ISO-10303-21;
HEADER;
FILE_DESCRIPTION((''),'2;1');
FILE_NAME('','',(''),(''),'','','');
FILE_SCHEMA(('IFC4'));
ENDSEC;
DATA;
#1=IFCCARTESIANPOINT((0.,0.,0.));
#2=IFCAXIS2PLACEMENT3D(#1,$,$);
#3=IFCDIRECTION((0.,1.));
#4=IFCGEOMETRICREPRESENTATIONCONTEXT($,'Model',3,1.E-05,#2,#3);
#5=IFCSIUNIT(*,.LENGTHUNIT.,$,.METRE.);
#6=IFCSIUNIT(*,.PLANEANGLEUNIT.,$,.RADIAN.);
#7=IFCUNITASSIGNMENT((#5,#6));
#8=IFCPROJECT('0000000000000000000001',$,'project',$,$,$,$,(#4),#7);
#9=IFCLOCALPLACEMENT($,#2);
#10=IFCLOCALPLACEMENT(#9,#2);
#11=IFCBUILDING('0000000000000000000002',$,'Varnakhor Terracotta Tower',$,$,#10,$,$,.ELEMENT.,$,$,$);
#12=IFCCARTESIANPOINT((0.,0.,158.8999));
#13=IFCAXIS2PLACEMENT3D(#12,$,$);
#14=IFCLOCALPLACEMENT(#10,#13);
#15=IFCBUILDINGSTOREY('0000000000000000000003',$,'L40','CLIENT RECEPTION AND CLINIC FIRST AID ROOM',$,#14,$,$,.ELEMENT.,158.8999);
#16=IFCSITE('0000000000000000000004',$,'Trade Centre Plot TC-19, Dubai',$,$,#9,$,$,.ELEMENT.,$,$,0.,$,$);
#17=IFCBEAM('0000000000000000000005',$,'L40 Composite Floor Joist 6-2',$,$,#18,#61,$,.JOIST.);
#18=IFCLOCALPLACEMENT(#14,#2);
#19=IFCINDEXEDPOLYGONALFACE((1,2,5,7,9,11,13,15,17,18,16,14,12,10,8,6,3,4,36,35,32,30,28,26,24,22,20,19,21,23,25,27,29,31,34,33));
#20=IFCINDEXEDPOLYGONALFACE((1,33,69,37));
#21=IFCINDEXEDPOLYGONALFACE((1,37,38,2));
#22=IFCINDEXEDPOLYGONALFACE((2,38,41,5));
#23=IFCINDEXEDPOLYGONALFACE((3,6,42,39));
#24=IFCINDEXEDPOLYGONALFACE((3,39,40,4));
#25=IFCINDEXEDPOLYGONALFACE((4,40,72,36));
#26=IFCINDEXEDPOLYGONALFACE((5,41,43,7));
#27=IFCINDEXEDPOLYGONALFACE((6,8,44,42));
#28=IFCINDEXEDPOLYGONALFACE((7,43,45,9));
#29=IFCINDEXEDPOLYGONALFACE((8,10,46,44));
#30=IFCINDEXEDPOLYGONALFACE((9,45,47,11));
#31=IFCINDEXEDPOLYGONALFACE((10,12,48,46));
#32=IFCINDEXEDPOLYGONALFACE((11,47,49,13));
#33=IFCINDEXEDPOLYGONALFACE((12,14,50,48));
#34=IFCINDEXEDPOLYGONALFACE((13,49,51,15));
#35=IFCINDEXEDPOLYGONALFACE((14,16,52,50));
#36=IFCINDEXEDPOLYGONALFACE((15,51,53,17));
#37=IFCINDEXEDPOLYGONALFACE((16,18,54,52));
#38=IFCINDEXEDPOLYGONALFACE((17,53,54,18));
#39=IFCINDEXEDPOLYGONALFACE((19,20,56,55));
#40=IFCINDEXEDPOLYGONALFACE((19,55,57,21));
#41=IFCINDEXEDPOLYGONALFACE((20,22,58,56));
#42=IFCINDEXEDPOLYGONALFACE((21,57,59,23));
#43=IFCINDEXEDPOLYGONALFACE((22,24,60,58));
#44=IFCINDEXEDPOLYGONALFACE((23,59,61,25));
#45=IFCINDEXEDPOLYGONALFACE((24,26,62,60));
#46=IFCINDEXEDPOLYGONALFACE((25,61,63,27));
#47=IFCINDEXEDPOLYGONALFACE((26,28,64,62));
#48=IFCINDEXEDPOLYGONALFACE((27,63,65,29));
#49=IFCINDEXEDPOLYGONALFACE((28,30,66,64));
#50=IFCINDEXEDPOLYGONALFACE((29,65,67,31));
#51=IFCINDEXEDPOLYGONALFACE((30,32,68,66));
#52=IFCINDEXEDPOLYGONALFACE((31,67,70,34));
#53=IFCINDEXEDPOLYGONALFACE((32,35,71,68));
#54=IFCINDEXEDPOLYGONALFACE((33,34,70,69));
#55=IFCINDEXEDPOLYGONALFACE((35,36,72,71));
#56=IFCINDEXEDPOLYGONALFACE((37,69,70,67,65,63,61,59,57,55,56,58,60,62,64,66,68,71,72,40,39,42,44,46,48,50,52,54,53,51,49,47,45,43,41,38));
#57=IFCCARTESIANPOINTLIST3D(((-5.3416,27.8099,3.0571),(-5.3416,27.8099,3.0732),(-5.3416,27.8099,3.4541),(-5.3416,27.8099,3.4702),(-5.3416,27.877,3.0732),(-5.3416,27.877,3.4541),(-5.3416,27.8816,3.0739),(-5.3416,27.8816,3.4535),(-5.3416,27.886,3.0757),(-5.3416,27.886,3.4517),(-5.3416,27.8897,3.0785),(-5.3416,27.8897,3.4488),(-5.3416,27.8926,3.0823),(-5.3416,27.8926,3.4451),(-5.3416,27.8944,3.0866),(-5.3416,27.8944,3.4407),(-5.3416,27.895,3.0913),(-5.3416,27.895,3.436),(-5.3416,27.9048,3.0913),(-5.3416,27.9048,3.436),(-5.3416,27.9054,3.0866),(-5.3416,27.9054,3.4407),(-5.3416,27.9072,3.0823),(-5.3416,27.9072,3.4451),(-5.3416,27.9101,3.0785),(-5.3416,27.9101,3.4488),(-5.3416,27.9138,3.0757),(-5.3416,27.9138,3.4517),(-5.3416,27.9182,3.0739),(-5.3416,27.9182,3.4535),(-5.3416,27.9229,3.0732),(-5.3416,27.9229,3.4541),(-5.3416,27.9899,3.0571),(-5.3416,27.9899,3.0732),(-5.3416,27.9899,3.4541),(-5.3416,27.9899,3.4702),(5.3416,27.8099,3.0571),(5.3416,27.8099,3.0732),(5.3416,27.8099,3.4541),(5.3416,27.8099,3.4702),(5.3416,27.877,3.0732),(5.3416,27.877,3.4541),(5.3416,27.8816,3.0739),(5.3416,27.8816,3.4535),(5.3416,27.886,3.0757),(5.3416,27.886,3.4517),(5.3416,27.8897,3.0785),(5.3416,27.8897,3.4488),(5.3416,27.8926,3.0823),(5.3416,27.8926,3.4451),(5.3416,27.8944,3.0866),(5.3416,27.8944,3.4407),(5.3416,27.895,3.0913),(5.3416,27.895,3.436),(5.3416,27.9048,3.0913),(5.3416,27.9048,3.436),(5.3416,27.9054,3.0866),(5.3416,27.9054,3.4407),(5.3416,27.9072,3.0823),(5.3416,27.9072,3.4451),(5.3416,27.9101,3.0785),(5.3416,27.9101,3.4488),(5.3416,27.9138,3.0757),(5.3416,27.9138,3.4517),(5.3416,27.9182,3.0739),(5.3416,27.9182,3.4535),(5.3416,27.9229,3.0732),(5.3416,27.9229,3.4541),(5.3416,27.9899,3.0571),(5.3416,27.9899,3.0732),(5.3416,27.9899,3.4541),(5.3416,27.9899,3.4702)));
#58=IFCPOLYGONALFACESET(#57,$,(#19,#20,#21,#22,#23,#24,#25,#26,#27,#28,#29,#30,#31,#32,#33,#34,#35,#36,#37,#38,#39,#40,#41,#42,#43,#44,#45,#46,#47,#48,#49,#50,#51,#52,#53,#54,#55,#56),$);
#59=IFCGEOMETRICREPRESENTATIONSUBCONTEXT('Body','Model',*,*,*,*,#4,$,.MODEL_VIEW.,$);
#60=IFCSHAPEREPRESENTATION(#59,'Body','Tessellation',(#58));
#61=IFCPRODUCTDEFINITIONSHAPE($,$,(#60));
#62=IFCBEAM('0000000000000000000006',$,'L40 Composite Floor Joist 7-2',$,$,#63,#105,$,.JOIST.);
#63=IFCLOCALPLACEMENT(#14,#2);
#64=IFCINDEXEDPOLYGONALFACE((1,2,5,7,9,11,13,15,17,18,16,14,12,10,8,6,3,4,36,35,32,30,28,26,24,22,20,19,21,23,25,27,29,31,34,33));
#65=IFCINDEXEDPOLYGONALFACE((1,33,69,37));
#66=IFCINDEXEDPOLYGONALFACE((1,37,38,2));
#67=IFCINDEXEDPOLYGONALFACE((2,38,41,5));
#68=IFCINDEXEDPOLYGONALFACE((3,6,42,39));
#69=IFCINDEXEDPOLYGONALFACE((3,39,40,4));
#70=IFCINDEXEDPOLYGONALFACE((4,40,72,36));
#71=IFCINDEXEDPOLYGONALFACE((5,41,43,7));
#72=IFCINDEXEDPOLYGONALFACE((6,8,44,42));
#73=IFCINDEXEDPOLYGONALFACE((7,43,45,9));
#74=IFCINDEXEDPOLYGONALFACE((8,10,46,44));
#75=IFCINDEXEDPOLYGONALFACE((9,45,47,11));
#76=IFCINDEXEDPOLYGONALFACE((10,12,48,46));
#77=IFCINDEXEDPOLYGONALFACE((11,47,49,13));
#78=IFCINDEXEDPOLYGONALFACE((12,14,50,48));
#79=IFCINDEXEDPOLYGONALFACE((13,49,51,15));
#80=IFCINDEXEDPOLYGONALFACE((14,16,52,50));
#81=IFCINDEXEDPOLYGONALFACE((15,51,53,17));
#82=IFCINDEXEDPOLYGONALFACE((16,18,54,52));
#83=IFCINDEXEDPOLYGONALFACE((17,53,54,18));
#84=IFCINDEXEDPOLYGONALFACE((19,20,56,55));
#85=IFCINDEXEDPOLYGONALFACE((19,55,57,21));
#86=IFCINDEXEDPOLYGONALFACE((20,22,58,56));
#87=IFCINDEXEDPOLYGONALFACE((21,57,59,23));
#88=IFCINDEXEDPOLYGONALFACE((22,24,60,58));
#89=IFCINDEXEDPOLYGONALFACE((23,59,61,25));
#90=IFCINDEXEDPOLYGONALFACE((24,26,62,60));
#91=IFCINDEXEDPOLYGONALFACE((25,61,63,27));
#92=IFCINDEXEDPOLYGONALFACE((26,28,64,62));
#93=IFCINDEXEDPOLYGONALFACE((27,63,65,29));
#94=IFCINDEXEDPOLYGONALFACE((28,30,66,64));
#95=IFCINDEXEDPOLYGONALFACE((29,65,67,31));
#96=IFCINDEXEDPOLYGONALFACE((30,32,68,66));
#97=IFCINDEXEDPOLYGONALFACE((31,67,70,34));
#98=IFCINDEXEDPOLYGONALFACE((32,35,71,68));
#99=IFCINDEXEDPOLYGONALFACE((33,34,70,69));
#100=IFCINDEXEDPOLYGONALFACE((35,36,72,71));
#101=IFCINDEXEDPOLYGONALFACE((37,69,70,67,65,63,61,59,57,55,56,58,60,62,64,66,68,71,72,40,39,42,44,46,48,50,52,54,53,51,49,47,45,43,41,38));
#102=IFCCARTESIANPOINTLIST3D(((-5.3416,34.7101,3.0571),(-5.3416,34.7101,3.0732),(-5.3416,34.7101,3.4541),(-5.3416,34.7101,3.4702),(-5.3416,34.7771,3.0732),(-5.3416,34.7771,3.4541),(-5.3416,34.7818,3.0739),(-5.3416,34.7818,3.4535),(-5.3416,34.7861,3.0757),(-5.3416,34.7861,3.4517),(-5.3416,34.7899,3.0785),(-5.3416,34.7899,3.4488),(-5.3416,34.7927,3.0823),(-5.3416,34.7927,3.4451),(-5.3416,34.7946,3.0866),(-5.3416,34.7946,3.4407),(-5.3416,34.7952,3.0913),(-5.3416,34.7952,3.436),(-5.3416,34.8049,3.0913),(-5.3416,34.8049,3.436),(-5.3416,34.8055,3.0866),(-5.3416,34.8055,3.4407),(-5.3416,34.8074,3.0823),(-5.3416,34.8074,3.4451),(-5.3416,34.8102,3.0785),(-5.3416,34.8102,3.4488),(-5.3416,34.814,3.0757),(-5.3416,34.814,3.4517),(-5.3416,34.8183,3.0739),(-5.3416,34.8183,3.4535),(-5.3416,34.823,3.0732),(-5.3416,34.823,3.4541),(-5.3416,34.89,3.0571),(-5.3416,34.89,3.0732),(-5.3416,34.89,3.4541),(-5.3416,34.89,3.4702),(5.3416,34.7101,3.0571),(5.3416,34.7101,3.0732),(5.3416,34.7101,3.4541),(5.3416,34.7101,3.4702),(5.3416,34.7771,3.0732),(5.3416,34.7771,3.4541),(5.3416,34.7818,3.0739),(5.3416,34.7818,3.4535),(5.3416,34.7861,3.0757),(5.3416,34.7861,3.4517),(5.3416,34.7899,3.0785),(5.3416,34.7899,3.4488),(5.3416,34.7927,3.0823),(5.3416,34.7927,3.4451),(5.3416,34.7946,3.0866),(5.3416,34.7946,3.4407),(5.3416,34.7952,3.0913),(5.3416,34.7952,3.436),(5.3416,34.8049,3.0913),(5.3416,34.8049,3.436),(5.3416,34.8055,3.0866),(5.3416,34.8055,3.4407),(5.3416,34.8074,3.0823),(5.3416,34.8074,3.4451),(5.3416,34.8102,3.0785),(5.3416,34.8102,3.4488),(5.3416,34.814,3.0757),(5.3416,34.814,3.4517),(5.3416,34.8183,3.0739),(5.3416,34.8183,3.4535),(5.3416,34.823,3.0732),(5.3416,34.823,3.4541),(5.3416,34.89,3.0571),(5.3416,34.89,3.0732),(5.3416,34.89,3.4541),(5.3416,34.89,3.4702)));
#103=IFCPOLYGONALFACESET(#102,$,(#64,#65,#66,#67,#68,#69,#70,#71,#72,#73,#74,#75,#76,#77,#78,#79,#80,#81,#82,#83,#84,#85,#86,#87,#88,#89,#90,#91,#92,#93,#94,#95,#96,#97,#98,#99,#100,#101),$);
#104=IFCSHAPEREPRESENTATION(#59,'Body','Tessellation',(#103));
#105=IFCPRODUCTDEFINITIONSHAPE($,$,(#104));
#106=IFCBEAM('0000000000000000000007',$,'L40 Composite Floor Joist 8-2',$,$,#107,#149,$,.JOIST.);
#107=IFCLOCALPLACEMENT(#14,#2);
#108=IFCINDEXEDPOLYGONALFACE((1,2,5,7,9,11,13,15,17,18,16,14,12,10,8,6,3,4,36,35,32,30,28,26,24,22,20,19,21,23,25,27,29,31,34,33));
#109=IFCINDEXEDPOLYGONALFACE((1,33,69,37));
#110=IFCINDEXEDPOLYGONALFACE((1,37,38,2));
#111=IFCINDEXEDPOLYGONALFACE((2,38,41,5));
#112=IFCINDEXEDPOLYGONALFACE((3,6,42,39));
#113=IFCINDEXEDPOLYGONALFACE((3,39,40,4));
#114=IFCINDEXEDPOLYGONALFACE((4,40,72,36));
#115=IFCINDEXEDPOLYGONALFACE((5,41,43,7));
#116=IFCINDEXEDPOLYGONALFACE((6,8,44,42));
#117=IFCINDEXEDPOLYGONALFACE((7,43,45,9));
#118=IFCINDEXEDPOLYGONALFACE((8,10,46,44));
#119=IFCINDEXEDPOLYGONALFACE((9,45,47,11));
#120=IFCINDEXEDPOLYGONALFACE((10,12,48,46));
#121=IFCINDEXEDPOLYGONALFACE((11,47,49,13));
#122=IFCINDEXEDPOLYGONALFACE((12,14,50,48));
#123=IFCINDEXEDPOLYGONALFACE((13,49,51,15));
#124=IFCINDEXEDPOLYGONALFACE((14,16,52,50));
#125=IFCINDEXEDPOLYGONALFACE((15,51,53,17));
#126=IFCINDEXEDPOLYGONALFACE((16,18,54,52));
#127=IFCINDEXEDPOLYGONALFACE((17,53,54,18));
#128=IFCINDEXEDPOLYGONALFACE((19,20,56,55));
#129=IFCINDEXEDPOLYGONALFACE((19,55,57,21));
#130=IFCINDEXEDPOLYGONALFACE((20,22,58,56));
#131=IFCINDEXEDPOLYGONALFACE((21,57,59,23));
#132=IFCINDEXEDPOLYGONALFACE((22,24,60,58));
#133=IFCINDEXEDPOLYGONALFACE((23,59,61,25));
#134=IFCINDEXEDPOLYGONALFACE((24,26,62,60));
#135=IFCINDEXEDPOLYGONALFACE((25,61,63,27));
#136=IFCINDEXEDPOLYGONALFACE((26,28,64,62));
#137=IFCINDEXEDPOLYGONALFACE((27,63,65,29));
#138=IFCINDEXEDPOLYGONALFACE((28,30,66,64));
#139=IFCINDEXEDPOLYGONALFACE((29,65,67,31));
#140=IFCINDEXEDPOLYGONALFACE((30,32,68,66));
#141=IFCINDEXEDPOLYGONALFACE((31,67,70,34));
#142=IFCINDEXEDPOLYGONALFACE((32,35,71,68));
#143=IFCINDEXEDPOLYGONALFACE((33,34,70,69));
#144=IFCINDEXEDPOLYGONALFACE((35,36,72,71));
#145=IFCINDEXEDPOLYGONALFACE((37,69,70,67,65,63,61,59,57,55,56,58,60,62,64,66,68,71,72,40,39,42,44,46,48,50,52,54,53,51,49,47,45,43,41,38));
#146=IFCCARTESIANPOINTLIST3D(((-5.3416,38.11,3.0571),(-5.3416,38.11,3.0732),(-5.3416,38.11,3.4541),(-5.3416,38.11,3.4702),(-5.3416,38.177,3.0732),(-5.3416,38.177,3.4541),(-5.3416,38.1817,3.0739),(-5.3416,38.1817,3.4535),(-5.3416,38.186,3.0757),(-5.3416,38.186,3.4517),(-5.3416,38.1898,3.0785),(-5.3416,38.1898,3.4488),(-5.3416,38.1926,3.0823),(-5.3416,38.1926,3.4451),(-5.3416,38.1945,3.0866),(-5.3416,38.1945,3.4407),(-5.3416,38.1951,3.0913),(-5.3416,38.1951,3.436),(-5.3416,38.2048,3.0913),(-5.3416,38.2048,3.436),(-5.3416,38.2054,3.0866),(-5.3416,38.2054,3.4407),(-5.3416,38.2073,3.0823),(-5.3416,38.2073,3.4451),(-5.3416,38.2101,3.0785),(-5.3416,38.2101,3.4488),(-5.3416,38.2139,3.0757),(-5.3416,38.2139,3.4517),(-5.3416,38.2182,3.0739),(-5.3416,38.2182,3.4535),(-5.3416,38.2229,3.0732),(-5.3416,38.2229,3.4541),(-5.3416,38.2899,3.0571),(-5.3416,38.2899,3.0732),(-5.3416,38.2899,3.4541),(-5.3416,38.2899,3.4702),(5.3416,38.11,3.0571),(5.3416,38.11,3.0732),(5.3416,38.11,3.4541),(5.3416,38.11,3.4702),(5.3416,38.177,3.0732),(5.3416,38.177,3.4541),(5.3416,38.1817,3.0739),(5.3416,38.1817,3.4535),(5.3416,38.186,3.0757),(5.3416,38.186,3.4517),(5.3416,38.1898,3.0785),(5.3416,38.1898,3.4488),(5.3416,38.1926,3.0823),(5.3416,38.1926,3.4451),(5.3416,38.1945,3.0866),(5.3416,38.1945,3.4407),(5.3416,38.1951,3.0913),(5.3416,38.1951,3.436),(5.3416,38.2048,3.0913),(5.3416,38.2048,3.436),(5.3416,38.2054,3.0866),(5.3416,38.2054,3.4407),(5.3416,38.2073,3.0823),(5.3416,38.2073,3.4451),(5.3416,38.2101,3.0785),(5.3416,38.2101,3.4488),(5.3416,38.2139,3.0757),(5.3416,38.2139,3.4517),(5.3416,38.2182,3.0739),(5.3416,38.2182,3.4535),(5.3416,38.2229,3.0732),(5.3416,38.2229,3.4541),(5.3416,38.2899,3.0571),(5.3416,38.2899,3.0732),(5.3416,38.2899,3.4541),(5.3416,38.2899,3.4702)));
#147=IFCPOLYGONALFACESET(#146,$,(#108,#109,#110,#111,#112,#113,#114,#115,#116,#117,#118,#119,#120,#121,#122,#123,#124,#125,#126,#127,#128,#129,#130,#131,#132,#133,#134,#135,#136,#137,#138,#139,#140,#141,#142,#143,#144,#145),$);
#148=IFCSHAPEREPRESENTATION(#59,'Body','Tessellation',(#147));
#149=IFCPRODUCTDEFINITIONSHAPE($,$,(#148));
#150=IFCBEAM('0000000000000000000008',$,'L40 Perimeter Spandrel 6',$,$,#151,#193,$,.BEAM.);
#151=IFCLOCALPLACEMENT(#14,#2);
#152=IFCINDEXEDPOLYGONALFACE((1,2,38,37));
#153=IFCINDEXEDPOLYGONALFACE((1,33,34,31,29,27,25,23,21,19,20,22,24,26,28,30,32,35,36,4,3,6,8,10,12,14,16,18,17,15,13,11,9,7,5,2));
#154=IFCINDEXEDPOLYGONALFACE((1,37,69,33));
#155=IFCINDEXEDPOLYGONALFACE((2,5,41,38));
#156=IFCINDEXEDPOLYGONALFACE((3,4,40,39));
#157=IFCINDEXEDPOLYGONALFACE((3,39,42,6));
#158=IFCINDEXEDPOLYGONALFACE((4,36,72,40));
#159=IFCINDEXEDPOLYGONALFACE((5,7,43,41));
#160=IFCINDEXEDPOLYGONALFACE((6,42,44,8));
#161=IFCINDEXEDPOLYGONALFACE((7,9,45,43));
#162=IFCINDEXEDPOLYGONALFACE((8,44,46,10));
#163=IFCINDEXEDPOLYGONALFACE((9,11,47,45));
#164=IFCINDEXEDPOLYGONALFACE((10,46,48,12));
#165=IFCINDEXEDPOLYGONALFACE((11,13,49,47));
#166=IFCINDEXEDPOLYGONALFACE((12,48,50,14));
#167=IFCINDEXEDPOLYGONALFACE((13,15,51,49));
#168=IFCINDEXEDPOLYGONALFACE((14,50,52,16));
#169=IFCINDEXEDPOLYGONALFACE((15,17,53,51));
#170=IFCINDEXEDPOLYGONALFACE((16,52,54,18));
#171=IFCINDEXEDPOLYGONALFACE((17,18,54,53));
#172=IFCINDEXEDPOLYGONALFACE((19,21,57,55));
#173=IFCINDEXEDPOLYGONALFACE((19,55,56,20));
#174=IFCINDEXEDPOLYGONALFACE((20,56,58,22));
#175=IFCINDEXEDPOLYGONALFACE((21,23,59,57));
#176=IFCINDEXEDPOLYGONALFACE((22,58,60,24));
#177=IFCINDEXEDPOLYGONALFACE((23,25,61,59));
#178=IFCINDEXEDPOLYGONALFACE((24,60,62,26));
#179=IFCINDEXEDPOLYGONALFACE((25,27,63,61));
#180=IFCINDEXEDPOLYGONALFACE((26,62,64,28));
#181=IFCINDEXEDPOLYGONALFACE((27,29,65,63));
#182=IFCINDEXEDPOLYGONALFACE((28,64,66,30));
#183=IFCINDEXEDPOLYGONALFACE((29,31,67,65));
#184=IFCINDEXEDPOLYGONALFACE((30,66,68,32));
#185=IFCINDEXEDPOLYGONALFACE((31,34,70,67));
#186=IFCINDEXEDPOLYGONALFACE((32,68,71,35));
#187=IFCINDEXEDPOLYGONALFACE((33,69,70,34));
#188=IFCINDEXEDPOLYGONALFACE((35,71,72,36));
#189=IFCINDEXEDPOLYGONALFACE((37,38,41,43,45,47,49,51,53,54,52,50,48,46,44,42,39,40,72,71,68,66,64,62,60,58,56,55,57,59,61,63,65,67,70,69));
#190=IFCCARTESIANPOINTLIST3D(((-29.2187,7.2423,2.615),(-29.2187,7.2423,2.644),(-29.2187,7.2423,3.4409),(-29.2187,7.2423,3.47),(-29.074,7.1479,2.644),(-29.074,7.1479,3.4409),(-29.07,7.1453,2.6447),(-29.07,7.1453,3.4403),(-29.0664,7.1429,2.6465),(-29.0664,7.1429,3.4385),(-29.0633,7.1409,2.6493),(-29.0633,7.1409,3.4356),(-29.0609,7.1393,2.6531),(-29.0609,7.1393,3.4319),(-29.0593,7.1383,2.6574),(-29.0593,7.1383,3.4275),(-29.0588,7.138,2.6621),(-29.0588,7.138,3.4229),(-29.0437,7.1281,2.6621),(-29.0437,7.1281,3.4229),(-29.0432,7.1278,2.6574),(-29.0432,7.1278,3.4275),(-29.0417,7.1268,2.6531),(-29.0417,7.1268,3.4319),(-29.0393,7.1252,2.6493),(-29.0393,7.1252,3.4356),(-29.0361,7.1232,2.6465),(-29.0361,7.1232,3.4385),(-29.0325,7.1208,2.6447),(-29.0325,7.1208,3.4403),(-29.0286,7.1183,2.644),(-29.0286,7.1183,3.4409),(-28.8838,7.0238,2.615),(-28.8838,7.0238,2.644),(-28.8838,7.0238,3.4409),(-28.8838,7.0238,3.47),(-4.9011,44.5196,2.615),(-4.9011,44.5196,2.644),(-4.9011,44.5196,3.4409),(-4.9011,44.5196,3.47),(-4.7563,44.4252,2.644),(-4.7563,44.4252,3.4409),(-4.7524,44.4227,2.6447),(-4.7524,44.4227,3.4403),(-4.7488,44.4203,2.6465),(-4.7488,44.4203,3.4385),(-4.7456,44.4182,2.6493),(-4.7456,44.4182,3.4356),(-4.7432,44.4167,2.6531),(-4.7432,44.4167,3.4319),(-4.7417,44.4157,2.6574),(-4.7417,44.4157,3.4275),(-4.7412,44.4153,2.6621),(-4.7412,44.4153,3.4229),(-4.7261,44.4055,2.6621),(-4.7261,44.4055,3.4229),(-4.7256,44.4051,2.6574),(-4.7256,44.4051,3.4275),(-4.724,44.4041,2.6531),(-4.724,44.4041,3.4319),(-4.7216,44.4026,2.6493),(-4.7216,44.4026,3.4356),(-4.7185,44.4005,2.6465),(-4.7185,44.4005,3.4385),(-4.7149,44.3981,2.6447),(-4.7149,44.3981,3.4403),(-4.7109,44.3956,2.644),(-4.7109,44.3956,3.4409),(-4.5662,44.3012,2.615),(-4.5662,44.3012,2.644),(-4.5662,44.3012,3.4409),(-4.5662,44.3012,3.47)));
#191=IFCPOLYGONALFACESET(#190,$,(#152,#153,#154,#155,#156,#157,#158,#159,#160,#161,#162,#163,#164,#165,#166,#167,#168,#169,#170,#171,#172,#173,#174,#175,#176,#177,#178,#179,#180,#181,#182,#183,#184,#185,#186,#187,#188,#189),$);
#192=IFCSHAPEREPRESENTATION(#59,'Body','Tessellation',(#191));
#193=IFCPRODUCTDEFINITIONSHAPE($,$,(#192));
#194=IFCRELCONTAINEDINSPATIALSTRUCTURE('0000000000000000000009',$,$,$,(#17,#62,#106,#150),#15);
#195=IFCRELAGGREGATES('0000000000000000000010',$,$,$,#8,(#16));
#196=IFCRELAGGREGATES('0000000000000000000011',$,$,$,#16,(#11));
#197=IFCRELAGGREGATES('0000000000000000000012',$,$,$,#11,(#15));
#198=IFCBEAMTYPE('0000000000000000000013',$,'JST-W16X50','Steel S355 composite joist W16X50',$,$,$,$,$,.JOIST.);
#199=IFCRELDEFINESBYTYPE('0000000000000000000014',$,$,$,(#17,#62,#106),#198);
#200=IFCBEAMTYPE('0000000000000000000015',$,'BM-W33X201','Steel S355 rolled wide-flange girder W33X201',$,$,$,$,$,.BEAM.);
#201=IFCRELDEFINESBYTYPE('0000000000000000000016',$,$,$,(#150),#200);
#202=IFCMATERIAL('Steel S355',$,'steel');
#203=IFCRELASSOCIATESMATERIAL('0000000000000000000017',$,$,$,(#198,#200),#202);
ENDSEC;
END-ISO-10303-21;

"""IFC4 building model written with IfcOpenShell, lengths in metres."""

from ifc_helpers import new_model, si_unit, direction, frame, origin, origin_2d, place, context, subcontext, project, spatial, i_section, extrude, source, transform, mapped, material, material_profile, profile_set, type_object, element, save


model = new_model("IFC4")

# Units and contexts
model_context = context("Model", 3, precision=1e-05, world=origin(), true_north=direction((0.0, 1.0)))
body_context = subcontext(model_context, "Body", "Model", "MODEL_VIEW")
ifc_project = project(units=[si_unit("LENGTHUNIT", "METRE"), si_unit("PLANEANGLEUNIT", "RADIAN")], contexts=[model_context])

# Site, building, storey
site_placement = place(None, origin())
site = spatial("IfcSite", under=ifc_project, at=site_placement, Name="Trade Centre Plot TC-19, Dubai", CompositionType="ELEMENT", RefElevation=0.0)
building_placement = place(site_placement, origin())
building = spatial("IfcBuilding", under=site, at=building_placement, Name="Varnakhor Terracotta Tower", CompositionType="ELEMENT")
storey_placement = place(building_placement, frame((0.0, 0.0, 158.8999)))
storey = spatial("IfcBuildingStorey", under=building, at=storey_placement, Name="L40", Description="CLIENT RECEPTION AND CLINIC FIRST AID ROOM", CompositionType="ELEMENT", Elevation=158.8999)

# Beams
ifc_material_1 = material(Name="Steel S355", Category="steel")
ifc_material_profile_1 = material_profile(ifc_material_1, i_section(OverallWidth=0.1799, OverallDepth=0.4131, WebThickness=0.0098, FlangeThickness=0.0161, FilletRadius=0.0181, at=origin_2d()), Name="W16X50")
ifc_profile_set_1 = profile_set([ifc_material_profile_1], Name="Steel S355")
beam_type_1 = type_object("IfcBeamType", Name="JST-W16X50", Description="Steel S355 composite joist W16X50", PredefinedType="JOIST", material=ifc_profile_set_1)
shared_shape_1 = source(origin(), body_context, "Body", "SweptSolid", [
    extrude(i_section(OverallWidth=0.1799, OverallDepth=0.4131, WebThickness=0.0098, FlangeThickness=0.0161, FilletRadius=0.0181, at=origin_2d()), origin(), (0.0, 0.0, 1.0), 10.6831),
])
for number, where, z_axis, x_axis, name in (
    (1, (-5.3416, 27.8999, 3.2637), (1.0, 0.0, 0.0), (0.0, 1.0, 0.0), "L40 Composite Floor Joist 6-2"),
    (2, (-5.3416, 34.8, 3.2637), (1.0, 0.0, 0.0), (0.0, 1.0, 0.0), "L40 Composite Floor Joist 7-2"),
    (3, (-5.3416, 38.2, 3.2637), (1.0, 0.0, 0.0), (0.0, 1.0, 0.0), "L40 Composite Floor Joist 8-2"),
):
    element("IfcBeam", number, at=place(storey_placement, frame(where, z_axis=z_axis, x_axis=x_axis)), inside=storey, type_object=beam_type_1, Name=name, PredefinedType="JOIST", context=body_context, shape_type="MappedRepresentation", body=[
        mapped(shared_shape_1, transform((0.0, 0.0, 0.0), scale=1.0)),
    ])
ifc_material_profile_2 = material_profile(ifc_material_1, i_section(OverallWidth=0.3999, OverallDepth=0.855, WebThickness=0.0181, FlangeThickness=0.0291, FilletRadius=0.0181, at=origin_2d()), Name="W33X201")
ifc_profile_set_2 = profile_set([ifc_material_profile_2], Name="Steel S355")
beam_type_2 = type_object("IfcBeamType", Name="BM-W33X201", Description="Steel S355 rolled wide-flange girder W33X201", PredefinedType="BEAM", material=ifc_profile_set_2)
shared_shape_2 = source(origin(), body_context, "Body", "SweptSolid", [
    extrude(i_section(OverallWidth=0.3999, OverallDepth=0.855, WebThickness=0.0181, FlangeThickness=0.0291, FilletRadius=0.0181, at=origin_2d()), origin(), (0.0, 0.0, 1.0), 44.5078),
])
beam_1_placement = place(storey_placement, frame((-4.7336, 44.4104, 3.0425), z_axis=(-0.546367, -0.837546, 0.0), x_axis=(0.837546, -0.546367, 0.0)))
element("IfcBeam", 4, at=beam_1_placement, inside=storey, type_object=beam_type_2, Name="L40 Perimeter Spandrel 6", PredefinedType="BEAM", context=body_context, shape_type="MappedRepresentation", body=[
    mapped(shared_shape_2, transform((0.0, 0.0, 0.0), scale=1.0)),
])

save(model, "model.ifc")
